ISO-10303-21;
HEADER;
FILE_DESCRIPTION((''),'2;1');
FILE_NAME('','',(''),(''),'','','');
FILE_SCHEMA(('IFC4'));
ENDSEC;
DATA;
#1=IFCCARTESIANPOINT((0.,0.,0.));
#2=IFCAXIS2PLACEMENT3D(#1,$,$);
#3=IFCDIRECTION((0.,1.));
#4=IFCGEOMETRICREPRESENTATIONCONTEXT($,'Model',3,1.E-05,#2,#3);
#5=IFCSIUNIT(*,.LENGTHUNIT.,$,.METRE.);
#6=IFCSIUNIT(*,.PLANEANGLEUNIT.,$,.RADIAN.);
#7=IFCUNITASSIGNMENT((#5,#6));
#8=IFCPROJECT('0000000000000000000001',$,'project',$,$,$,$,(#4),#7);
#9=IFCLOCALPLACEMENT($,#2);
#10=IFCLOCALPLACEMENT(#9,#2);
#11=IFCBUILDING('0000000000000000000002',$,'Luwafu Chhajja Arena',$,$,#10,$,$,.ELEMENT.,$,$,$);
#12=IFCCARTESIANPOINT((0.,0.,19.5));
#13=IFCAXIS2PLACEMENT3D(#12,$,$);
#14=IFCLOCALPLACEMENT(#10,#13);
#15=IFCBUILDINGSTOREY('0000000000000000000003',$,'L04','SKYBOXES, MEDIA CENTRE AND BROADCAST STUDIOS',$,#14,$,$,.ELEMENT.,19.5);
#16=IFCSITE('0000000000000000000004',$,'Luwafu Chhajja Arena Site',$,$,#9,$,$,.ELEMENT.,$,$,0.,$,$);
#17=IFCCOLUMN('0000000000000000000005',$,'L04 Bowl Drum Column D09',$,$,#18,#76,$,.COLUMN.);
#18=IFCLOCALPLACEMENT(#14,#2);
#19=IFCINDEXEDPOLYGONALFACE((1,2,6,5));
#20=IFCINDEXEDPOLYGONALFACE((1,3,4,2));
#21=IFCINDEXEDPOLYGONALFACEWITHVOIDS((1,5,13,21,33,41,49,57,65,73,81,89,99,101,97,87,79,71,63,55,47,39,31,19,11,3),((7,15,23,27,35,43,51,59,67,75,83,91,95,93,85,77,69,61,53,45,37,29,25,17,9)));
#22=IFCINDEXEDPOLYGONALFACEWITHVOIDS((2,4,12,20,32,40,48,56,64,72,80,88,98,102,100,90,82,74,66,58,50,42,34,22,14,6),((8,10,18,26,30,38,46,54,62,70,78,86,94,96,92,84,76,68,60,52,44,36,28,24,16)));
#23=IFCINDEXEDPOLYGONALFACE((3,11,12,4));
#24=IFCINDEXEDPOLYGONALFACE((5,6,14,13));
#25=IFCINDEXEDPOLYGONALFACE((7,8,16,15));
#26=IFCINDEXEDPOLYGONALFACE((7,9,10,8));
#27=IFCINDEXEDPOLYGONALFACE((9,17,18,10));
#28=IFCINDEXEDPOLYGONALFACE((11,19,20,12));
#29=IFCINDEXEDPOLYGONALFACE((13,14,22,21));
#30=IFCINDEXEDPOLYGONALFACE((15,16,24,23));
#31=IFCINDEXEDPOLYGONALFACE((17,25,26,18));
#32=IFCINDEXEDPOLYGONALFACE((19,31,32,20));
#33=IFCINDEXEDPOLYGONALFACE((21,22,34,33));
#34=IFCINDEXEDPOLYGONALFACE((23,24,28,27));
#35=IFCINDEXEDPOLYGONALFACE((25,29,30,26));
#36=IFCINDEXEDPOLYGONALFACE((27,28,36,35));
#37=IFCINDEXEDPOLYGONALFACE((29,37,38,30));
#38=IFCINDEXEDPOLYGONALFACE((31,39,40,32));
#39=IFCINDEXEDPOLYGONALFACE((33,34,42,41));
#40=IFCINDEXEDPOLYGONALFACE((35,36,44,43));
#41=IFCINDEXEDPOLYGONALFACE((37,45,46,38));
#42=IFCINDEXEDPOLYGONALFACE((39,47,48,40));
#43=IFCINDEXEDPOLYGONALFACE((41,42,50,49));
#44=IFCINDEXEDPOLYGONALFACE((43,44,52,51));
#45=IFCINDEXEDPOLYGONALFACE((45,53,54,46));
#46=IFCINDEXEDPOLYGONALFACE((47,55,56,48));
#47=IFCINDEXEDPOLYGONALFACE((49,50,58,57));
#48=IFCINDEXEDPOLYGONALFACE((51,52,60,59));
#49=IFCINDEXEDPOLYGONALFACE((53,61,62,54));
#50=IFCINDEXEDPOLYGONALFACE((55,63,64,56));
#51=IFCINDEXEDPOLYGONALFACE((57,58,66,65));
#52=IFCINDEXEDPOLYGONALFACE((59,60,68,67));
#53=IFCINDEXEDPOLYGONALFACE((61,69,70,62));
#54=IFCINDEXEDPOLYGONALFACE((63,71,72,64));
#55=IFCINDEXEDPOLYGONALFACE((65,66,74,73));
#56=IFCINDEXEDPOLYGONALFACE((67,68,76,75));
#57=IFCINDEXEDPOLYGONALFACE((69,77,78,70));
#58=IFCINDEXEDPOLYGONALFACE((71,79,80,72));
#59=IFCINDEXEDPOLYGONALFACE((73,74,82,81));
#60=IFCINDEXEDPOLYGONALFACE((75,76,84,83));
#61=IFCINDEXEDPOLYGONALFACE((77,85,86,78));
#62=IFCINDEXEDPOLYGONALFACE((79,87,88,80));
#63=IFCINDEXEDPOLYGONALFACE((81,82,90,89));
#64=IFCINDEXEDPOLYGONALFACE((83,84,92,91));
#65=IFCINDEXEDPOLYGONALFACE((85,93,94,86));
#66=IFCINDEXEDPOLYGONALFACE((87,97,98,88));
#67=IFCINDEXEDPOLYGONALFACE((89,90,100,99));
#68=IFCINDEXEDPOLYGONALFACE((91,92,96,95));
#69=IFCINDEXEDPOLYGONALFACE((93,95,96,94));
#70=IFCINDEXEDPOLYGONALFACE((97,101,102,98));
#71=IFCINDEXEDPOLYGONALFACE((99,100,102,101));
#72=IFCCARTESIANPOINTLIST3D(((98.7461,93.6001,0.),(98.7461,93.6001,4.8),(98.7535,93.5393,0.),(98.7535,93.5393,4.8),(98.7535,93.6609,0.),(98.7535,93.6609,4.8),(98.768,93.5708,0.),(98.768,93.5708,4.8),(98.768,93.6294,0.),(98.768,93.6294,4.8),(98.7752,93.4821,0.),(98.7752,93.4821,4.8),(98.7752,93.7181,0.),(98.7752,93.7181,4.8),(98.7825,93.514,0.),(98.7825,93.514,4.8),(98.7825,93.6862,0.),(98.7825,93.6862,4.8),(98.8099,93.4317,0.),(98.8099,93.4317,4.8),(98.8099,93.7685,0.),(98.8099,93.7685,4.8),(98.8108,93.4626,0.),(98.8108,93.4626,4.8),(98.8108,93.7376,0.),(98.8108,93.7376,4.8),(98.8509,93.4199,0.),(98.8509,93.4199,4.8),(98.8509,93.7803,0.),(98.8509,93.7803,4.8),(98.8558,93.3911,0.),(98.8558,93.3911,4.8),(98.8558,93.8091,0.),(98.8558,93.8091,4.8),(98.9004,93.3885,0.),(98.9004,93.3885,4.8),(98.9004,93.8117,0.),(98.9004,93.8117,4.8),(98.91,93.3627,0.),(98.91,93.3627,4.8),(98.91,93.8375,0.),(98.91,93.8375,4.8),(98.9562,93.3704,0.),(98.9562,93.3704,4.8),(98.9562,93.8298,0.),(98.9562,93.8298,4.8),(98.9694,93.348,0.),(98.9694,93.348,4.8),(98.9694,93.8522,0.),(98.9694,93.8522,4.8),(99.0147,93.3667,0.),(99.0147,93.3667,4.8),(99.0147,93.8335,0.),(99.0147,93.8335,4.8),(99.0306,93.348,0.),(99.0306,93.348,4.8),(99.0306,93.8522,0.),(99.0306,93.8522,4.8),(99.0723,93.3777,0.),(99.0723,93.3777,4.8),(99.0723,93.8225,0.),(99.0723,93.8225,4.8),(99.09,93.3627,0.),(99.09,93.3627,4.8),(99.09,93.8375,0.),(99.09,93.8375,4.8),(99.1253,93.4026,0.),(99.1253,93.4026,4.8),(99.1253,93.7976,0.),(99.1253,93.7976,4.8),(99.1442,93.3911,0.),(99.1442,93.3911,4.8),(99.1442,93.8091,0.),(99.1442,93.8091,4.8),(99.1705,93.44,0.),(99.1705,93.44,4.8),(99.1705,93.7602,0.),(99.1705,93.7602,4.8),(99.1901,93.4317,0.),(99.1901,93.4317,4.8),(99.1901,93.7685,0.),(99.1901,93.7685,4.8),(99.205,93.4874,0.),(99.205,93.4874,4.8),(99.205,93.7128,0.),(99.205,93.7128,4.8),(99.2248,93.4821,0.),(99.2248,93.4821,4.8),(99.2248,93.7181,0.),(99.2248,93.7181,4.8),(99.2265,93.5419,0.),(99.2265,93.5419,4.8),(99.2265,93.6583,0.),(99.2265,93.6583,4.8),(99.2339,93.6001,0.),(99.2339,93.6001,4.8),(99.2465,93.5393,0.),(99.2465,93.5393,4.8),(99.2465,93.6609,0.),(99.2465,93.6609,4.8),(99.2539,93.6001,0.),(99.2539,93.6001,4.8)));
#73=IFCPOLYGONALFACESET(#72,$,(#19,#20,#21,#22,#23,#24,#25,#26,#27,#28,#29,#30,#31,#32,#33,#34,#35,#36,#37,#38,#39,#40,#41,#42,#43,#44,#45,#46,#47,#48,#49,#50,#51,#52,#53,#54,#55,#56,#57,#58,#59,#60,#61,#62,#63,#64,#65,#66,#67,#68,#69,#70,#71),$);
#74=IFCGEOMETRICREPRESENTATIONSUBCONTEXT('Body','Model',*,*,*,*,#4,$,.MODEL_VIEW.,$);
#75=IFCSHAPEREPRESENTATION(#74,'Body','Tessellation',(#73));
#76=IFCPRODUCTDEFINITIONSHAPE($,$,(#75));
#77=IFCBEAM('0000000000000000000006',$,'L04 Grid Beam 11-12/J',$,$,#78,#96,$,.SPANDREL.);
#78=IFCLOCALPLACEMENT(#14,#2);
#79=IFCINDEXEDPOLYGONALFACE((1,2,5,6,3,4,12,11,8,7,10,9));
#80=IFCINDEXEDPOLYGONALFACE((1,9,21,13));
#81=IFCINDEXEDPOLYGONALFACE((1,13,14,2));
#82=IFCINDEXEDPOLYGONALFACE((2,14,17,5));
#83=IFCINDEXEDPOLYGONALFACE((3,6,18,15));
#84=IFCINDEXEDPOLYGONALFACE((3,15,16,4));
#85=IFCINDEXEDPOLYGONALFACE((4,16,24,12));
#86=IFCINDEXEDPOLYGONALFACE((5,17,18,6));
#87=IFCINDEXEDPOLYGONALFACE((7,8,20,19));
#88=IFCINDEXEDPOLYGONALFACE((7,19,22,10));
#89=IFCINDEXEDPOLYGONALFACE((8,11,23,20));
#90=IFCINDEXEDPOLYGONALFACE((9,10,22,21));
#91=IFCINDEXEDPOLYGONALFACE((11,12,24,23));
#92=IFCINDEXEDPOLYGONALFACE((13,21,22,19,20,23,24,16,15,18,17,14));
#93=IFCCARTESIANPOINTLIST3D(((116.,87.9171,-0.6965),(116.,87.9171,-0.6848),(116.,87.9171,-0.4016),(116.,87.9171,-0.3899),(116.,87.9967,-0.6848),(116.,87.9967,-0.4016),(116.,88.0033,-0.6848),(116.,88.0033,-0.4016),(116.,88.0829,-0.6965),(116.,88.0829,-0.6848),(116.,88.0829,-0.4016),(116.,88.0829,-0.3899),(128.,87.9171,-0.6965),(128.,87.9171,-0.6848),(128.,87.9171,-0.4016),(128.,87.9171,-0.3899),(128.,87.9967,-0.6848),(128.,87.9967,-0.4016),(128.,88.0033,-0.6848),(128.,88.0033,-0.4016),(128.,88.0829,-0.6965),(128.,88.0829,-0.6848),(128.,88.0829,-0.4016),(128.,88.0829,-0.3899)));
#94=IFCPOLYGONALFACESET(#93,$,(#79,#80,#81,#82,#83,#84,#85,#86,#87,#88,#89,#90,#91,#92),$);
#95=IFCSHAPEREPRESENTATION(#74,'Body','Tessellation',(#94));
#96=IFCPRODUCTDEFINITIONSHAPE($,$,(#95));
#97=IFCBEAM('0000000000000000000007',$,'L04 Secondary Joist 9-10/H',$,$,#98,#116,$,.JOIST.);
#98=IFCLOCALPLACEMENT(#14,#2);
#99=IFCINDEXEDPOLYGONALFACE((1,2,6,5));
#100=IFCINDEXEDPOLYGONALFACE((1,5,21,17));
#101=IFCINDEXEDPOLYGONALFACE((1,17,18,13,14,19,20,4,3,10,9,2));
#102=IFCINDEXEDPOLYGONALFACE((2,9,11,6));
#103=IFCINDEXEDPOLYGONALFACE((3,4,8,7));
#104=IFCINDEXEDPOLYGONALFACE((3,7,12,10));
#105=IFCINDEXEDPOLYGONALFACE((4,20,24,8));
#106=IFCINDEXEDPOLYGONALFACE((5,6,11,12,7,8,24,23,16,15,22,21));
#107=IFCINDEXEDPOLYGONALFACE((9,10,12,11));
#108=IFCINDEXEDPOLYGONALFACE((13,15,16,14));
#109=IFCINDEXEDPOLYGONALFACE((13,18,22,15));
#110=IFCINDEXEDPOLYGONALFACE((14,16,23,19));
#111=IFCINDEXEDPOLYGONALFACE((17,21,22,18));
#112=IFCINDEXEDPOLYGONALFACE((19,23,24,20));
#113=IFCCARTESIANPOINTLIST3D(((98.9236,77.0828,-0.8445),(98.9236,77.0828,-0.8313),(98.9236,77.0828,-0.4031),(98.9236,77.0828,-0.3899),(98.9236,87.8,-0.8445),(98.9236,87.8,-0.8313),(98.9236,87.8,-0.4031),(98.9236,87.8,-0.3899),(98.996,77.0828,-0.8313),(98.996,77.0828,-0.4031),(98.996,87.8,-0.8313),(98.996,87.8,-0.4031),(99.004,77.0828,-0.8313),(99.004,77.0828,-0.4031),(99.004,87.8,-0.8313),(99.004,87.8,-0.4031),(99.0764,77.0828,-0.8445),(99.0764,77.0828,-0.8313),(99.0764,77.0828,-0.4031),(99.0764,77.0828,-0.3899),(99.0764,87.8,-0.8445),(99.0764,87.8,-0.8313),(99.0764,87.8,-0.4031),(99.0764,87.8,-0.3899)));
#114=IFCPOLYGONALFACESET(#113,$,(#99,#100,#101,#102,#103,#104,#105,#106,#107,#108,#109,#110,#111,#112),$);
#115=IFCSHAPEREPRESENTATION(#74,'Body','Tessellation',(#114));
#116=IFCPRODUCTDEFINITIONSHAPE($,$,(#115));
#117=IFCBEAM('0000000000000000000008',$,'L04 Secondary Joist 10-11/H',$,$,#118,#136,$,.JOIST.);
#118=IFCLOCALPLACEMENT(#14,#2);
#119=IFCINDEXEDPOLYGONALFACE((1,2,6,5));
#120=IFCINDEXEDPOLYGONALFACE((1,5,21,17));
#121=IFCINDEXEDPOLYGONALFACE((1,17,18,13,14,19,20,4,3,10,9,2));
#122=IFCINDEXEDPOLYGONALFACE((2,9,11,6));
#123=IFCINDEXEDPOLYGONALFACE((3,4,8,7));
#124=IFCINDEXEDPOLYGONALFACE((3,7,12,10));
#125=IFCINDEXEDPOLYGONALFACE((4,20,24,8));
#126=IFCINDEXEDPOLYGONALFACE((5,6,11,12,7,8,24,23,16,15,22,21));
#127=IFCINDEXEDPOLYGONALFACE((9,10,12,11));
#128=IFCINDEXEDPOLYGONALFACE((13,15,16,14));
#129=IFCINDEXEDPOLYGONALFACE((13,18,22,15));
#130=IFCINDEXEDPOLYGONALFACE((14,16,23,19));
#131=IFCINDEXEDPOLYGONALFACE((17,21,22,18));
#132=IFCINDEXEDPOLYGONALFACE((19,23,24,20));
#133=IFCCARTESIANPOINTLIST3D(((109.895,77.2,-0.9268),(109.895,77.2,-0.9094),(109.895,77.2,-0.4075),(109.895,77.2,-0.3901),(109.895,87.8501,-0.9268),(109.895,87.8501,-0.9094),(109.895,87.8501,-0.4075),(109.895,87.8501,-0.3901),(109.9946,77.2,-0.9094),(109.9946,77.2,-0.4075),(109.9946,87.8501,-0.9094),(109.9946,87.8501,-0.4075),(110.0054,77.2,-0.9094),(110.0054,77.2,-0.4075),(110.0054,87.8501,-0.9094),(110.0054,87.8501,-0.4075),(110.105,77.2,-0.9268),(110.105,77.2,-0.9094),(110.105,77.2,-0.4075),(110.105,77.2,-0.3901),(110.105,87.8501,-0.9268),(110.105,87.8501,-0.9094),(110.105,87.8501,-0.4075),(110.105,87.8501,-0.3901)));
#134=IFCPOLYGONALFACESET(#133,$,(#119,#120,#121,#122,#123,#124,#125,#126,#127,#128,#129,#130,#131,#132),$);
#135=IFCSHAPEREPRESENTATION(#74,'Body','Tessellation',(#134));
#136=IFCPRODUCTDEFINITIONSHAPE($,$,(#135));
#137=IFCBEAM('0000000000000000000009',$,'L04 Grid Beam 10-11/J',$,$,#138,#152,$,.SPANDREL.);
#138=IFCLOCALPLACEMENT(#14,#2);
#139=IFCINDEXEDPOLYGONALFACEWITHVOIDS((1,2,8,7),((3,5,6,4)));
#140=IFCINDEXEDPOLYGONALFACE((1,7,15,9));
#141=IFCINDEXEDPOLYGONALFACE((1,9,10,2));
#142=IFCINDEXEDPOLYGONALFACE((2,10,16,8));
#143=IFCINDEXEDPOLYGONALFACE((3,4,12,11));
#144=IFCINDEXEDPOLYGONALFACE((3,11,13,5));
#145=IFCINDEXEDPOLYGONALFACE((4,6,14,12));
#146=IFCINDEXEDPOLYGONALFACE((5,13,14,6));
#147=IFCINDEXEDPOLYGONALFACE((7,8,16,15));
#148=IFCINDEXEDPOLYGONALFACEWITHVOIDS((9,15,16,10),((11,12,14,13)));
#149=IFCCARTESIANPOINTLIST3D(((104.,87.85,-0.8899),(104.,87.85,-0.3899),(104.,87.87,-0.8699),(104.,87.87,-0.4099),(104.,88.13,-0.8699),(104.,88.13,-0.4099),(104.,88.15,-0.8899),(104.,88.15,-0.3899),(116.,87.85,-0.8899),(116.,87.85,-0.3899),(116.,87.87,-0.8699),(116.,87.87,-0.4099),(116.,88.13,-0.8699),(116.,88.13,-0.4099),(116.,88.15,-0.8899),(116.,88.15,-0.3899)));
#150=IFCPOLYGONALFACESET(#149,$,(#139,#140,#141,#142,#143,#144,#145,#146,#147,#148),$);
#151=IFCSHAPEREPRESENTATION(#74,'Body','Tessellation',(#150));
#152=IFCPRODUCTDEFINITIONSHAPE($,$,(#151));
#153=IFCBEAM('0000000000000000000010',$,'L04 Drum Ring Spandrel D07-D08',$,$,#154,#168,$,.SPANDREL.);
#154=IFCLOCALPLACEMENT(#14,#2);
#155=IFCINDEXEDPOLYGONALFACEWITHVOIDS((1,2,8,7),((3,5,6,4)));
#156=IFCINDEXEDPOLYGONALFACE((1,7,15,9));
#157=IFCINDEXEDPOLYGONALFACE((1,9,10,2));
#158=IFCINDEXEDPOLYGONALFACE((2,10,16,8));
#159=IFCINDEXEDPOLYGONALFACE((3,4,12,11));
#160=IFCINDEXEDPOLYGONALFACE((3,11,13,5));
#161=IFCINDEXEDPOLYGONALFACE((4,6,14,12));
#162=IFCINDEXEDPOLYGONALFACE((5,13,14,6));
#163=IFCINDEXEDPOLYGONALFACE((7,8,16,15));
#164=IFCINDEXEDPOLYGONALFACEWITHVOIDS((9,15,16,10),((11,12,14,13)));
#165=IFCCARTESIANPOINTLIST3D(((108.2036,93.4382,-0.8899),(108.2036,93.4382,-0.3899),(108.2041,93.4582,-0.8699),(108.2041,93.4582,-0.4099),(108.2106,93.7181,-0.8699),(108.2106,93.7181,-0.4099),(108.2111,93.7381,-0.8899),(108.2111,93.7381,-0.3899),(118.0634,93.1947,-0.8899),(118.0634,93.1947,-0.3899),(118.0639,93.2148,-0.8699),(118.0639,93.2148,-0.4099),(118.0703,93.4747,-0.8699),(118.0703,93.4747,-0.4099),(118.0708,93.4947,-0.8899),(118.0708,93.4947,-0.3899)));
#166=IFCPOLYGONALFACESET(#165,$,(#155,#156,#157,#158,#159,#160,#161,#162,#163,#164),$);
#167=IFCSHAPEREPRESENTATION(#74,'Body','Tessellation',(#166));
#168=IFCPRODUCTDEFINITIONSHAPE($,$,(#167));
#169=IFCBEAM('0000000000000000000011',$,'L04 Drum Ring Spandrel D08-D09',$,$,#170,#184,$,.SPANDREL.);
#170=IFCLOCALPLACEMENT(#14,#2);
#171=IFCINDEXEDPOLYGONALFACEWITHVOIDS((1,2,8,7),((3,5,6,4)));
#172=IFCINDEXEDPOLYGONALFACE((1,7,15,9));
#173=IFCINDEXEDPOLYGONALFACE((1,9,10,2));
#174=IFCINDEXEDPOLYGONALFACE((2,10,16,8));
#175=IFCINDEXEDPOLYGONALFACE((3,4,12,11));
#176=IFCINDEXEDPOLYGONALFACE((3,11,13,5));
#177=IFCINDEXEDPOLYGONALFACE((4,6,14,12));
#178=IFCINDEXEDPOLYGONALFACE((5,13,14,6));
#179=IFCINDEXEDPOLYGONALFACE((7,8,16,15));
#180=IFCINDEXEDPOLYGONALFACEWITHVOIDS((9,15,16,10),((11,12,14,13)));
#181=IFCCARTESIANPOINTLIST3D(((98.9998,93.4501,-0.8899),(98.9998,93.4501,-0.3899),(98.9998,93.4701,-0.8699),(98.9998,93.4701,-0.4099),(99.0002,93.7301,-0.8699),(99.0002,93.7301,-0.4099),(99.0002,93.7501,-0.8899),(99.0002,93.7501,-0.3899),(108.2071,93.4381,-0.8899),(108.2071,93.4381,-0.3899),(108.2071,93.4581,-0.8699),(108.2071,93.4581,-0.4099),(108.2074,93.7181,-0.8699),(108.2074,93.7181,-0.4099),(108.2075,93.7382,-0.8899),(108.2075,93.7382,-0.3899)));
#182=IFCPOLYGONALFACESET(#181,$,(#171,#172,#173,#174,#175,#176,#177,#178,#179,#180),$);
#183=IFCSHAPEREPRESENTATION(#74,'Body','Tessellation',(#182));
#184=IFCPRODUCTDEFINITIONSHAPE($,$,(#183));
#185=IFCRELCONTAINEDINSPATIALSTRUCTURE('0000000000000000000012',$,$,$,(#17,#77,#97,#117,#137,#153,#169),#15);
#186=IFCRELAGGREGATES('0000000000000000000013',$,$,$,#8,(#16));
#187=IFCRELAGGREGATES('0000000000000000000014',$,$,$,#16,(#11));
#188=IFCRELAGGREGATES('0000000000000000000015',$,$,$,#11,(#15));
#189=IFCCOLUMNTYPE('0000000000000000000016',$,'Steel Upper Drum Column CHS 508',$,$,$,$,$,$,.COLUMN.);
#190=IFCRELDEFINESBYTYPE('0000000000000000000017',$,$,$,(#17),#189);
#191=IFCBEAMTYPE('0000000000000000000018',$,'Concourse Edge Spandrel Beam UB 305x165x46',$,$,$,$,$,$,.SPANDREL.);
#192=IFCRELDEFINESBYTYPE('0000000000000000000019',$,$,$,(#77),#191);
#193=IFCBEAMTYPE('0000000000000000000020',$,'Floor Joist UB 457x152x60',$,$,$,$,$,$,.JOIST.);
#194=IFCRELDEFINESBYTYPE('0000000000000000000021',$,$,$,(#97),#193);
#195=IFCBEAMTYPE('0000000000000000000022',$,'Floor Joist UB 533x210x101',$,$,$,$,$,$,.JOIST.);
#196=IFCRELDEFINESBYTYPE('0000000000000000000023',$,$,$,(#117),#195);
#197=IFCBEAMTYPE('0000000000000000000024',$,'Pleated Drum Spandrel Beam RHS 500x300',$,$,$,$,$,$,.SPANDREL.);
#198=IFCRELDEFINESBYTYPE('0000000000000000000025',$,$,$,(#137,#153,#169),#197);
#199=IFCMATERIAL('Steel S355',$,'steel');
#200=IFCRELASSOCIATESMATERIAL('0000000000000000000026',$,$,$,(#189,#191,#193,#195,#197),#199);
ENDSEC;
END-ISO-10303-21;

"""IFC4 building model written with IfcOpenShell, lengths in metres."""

from ifc_helpers import new_model, si_unit, direction, frame, origin, origin_2d, place, context, subcontext, project, spatial, hollow_rectangle, hollow_circle, i_section, extrude, material, material_profile, profile_set, type_object, element, save


model = new_model("IFC4")

# Units and contexts
model_context = context("Model", 3, precision=1e-05, world=origin(), true_north=direction((0.0, 1.0)))
body_context = subcontext(model_context, "Body", "Model", "MODEL_VIEW")
ifc_project = project(units=[si_unit("LENGTHUNIT", "METRE"), si_unit("PLANEANGLEUNIT", "RADIAN")], contexts=[model_context])

# Site, building, storey
site_placement = place(None, origin())
site = spatial("IfcSite", under=ifc_project, at=site_placement, Name="Luwafu Chhajja Arena Site", CompositionType="ELEMENT", RefElevation=0.0)
building_placement = place(site_placement, origin())
building = spatial("IfcBuilding", under=site, at=building_placement, Name="Luwafu Chhajja Arena", CompositionType="ELEMENT")
storey_placement = place(building_placement, frame((0.0, 0.0, 19.5)))
storey = spatial("IfcBuildingStorey", under=building, at=storey_placement, Name="L04", Description="SKYBOXES, MEDIA CENTRE AND BROADCAST STUDIOS", CompositionType="ELEMENT", Elevation=19.5)

# Column
ifc_material_1 = material(Name="Steel S355", Category="steel")
ifc_material_profile_1 = material_profile(ifc_material_1, hollow_circle(Radius=0.2539, WallThickness=0.02, at=origin_2d()), Name="CHS 508x20")
ifc_profile_set_1 = profile_set([ifc_material_profile_1], Name="Steel S355")
column_type_1 = type_object("IfcColumnType", Name="Steel Upper Drum Column CHS 508", PredefinedType="COLUMN", material=ifc_profile_set_1)
for number, where, z_axis, x_axis, name in (
    (1, (99.0, 93.6001, 0.0), (0.0, 0.0, 1.0), (1.0, 0.0, 0.0), "L04 Bowl Drum Column D09"),
):
    element("IfcColumn", number, at=place(storey_placement, frame(where, z_axis=z_axis, x_axis=x_axis)), inside=storey, type_object=column_type_1, Name=name, PredefinedType="COLUMN", context=body_context, shape_type="SweptSolid", body=[
        extrude(hollow_circle(Radius=0.2539, WallThickness=0.02, at=origin_2d()), origin(), (0.0, 0.0, 1.0), 4.8),
    ])

# Beams
ifc_material_profile_2 = material_profile(ifc_material_1, i_section(OverallWidth=0.1658, OverallDepth=0.3066, WebThickness=0.0066, FlangeThickness=0.0117, at=origin_2d()), Name="UB 305x165x46")
ifc_profile_set_2 = profile_set([ifc_material_profile_2], Name="Steel S355")
beam_type_1 = type_object("IfcBeamType", Name="Concourse Edge Spandrel Beam UB 305x165x46", PredefinedType="SPANDREL", material=ifc_profile_set_2)
beam_1_placement = place(storey_placement, frame((116.0, 88.0, -0.5432), z_axis=(1.0, 0.0, 0.0), x_axis=(0.0, 1.0, 0.0)))
element("IfcBeam", 2, at=beam_1_placement, inside=storey, type_object=beam_type_1, Name="L04 Grid Beam 11-12/J", PredefinedType="SPANDREL", context=body_context, shape_type="SweptSolid", body=[
    extrude(i_section(OverallWidth=0.1658, OverallDepth=0.3066, WebThickness=0.0066, FlangeThickness=0.0117, at=origin_2d()), origin(), (0.0, 0.0, 1.0), 12.0),
])
ifc_material_profile_3 = material_profile(ifc_material_1, i_section(OverallWidth=0.1528, OverallDepth=0.4546, WebThickness=0.0081, FlangeThickness=0.0132, at=origin_2d()), Name="UB 457x152x60")
ifc_profile_set_3 = profile_set([ifc_material_profile_3], Name="Steel S355")
beam_type_2 = type_object("IfcBeamType", Name="Floor Joist UB 457x152x60", PredefinedType="JOIST", material=ifc_profile_set_3)
beam_2_placement = place(storey_placement, frame((99.0, 77.0828, -0.6172), z_axis=(0.0, 1.0, 0.0), x_axis=(-1.0, 0.0, 0.0)))
element("IfcBeam", 3, at=beam_2_placement, inside=storey, type_object=beam_type_2, Name="L04 Secondary Joist 9-10/H", PredefinedType="JOIST", context=body_context, shape_type="SweptSolid", body=[
    extrude(i_section(OverallWidth=0.1528, OverallDepth=0.4546, WebThickness=0.0081, FlangeThickness=0.0132, at=origin_2d()), origin(), (0.0, 0.0, 1.0), 10.7173),
])
ifc_material_profile_4 = material_profile(ifc_material_1, i_section(OverallWidth=0.21, OverallDepth=0.5366, WebThickness=0.0107, FlangeThickness=0.0173, at=origin_2d()), Name="UB 533x210x101")
ifc_profile_set_4 = profile_set([ifc_material_profile_4], Name="Steel S355")
beam_type_3 = type_object("IfcBeamType", Name="Floor Joist UB 533x210x101", PredefinedType="JOIST", material=ifc_profile_set_4)
beam_3_placement = place(storey_placement, frame((110.0, 77.2, -0.6584), z_axis=(0.0, 1.0, 0.0), x_axis=(-1.0, 0.0, 0.0)))
element("IfcBeam", 4, at=beam_3_placement, inside=storey, type_object=beam_type_3, Name="L04 Secondary Joist 10-11/H", PredefinedType="JOIST", context=body_context, shape_type="SweptSolid", body=[
    extrude(i_section(OverallWidth=0.21, OverallDepth=0.5366, WebThickness=0.0107, FlangeThickness=0.0173, at=origin_2d()), origin(), (0.0, 0.0, 1.0), 10.6501),
])
ifc_material_profile_5 = material_profile(ifc_material_1, hollow_rectangle(XDim=0.3, YDim=0.5, WallThickness=0.02, at=origin_2d()), Name="RHS 500x300x20")
ifc_profile_set_5 = profile_set([ifc_material_profile_5], Name="Steel S355")
beam_type_4 = type_object("IfcBeamType", Name="Pleated Drum Spandrel Beam RHS 500x300", PredefinedType="SPANDREL", material=ifc_profile_set_5)
beam_4_placement = place(storey_placement, frame((104.0, 88.0, -0.6399), z_axis=(1.0, 0.0, 0.0), x_axis=(0.0, 1.0, 0.0)))
element("IfcBeam", 5, at=beam_4_placement, inside=storey, type_object=beam_type_4, Name="L04 Grid Beam 10-11/J", PredefinedType="SPANDREL", context=body_context, shape_type="SweptSolid", body=[
    extrude(hollow_rectangle(XDim=0.3, YDim=0.5, WallThickness=0.02, at=origin_2d()), origin(), (0.0, 0.0, 1.0), 12.0),
])
beam_5_placement = place(storey_placement, frame((118.0671, 93.3447, -0.6399), z_axis=(-0.999695, 0.024679, 0.0), x_axis=(-0.024679, -0.999695, 0.0)))
element("IfcBeam", 6, at=beam_5_placement, inside=storey, type_object=beam_type_4, Name="L04 Drum Ring Spandrel D07-D08", PredefinedType="SPANDREL", context=body_context, shape_type="SweptSolid", body=[
    extrude(hollow_rectangle(XDim=0.3, YDim=0.5, WallThickness=0.02, at=origin_2d()), origin(), (0.0, 0.0, 1.0), 9.8628),
])
for number, where, z_axis, x_axis, name in (
    (7, (108.2073, 93.5881, -0.6399), (-0.999999, 0.001299, 0.0), (-0.001299, -0.999999, 0.0), "L04 Drum Ring Spandrel D08-D09"),
):
    element("IfcBeam", number, at=place(storey_placement, frame(where, z_axis=z_axis, x_axis=x_axis)), inside=storey, type_object=beam_type_4, Name=name, PredefinedType="SPANDREL", context=body_context, shape_type="SweptSolid", body=[
        extrude(hollow_rectangle(XDim=0.3, YDim=0.5, WallThickness=0.02, at=origin_2d()), origin(), (0.0, 0.0, 1.0), 9.2073),
    ])

save(model, "model.ifc")
